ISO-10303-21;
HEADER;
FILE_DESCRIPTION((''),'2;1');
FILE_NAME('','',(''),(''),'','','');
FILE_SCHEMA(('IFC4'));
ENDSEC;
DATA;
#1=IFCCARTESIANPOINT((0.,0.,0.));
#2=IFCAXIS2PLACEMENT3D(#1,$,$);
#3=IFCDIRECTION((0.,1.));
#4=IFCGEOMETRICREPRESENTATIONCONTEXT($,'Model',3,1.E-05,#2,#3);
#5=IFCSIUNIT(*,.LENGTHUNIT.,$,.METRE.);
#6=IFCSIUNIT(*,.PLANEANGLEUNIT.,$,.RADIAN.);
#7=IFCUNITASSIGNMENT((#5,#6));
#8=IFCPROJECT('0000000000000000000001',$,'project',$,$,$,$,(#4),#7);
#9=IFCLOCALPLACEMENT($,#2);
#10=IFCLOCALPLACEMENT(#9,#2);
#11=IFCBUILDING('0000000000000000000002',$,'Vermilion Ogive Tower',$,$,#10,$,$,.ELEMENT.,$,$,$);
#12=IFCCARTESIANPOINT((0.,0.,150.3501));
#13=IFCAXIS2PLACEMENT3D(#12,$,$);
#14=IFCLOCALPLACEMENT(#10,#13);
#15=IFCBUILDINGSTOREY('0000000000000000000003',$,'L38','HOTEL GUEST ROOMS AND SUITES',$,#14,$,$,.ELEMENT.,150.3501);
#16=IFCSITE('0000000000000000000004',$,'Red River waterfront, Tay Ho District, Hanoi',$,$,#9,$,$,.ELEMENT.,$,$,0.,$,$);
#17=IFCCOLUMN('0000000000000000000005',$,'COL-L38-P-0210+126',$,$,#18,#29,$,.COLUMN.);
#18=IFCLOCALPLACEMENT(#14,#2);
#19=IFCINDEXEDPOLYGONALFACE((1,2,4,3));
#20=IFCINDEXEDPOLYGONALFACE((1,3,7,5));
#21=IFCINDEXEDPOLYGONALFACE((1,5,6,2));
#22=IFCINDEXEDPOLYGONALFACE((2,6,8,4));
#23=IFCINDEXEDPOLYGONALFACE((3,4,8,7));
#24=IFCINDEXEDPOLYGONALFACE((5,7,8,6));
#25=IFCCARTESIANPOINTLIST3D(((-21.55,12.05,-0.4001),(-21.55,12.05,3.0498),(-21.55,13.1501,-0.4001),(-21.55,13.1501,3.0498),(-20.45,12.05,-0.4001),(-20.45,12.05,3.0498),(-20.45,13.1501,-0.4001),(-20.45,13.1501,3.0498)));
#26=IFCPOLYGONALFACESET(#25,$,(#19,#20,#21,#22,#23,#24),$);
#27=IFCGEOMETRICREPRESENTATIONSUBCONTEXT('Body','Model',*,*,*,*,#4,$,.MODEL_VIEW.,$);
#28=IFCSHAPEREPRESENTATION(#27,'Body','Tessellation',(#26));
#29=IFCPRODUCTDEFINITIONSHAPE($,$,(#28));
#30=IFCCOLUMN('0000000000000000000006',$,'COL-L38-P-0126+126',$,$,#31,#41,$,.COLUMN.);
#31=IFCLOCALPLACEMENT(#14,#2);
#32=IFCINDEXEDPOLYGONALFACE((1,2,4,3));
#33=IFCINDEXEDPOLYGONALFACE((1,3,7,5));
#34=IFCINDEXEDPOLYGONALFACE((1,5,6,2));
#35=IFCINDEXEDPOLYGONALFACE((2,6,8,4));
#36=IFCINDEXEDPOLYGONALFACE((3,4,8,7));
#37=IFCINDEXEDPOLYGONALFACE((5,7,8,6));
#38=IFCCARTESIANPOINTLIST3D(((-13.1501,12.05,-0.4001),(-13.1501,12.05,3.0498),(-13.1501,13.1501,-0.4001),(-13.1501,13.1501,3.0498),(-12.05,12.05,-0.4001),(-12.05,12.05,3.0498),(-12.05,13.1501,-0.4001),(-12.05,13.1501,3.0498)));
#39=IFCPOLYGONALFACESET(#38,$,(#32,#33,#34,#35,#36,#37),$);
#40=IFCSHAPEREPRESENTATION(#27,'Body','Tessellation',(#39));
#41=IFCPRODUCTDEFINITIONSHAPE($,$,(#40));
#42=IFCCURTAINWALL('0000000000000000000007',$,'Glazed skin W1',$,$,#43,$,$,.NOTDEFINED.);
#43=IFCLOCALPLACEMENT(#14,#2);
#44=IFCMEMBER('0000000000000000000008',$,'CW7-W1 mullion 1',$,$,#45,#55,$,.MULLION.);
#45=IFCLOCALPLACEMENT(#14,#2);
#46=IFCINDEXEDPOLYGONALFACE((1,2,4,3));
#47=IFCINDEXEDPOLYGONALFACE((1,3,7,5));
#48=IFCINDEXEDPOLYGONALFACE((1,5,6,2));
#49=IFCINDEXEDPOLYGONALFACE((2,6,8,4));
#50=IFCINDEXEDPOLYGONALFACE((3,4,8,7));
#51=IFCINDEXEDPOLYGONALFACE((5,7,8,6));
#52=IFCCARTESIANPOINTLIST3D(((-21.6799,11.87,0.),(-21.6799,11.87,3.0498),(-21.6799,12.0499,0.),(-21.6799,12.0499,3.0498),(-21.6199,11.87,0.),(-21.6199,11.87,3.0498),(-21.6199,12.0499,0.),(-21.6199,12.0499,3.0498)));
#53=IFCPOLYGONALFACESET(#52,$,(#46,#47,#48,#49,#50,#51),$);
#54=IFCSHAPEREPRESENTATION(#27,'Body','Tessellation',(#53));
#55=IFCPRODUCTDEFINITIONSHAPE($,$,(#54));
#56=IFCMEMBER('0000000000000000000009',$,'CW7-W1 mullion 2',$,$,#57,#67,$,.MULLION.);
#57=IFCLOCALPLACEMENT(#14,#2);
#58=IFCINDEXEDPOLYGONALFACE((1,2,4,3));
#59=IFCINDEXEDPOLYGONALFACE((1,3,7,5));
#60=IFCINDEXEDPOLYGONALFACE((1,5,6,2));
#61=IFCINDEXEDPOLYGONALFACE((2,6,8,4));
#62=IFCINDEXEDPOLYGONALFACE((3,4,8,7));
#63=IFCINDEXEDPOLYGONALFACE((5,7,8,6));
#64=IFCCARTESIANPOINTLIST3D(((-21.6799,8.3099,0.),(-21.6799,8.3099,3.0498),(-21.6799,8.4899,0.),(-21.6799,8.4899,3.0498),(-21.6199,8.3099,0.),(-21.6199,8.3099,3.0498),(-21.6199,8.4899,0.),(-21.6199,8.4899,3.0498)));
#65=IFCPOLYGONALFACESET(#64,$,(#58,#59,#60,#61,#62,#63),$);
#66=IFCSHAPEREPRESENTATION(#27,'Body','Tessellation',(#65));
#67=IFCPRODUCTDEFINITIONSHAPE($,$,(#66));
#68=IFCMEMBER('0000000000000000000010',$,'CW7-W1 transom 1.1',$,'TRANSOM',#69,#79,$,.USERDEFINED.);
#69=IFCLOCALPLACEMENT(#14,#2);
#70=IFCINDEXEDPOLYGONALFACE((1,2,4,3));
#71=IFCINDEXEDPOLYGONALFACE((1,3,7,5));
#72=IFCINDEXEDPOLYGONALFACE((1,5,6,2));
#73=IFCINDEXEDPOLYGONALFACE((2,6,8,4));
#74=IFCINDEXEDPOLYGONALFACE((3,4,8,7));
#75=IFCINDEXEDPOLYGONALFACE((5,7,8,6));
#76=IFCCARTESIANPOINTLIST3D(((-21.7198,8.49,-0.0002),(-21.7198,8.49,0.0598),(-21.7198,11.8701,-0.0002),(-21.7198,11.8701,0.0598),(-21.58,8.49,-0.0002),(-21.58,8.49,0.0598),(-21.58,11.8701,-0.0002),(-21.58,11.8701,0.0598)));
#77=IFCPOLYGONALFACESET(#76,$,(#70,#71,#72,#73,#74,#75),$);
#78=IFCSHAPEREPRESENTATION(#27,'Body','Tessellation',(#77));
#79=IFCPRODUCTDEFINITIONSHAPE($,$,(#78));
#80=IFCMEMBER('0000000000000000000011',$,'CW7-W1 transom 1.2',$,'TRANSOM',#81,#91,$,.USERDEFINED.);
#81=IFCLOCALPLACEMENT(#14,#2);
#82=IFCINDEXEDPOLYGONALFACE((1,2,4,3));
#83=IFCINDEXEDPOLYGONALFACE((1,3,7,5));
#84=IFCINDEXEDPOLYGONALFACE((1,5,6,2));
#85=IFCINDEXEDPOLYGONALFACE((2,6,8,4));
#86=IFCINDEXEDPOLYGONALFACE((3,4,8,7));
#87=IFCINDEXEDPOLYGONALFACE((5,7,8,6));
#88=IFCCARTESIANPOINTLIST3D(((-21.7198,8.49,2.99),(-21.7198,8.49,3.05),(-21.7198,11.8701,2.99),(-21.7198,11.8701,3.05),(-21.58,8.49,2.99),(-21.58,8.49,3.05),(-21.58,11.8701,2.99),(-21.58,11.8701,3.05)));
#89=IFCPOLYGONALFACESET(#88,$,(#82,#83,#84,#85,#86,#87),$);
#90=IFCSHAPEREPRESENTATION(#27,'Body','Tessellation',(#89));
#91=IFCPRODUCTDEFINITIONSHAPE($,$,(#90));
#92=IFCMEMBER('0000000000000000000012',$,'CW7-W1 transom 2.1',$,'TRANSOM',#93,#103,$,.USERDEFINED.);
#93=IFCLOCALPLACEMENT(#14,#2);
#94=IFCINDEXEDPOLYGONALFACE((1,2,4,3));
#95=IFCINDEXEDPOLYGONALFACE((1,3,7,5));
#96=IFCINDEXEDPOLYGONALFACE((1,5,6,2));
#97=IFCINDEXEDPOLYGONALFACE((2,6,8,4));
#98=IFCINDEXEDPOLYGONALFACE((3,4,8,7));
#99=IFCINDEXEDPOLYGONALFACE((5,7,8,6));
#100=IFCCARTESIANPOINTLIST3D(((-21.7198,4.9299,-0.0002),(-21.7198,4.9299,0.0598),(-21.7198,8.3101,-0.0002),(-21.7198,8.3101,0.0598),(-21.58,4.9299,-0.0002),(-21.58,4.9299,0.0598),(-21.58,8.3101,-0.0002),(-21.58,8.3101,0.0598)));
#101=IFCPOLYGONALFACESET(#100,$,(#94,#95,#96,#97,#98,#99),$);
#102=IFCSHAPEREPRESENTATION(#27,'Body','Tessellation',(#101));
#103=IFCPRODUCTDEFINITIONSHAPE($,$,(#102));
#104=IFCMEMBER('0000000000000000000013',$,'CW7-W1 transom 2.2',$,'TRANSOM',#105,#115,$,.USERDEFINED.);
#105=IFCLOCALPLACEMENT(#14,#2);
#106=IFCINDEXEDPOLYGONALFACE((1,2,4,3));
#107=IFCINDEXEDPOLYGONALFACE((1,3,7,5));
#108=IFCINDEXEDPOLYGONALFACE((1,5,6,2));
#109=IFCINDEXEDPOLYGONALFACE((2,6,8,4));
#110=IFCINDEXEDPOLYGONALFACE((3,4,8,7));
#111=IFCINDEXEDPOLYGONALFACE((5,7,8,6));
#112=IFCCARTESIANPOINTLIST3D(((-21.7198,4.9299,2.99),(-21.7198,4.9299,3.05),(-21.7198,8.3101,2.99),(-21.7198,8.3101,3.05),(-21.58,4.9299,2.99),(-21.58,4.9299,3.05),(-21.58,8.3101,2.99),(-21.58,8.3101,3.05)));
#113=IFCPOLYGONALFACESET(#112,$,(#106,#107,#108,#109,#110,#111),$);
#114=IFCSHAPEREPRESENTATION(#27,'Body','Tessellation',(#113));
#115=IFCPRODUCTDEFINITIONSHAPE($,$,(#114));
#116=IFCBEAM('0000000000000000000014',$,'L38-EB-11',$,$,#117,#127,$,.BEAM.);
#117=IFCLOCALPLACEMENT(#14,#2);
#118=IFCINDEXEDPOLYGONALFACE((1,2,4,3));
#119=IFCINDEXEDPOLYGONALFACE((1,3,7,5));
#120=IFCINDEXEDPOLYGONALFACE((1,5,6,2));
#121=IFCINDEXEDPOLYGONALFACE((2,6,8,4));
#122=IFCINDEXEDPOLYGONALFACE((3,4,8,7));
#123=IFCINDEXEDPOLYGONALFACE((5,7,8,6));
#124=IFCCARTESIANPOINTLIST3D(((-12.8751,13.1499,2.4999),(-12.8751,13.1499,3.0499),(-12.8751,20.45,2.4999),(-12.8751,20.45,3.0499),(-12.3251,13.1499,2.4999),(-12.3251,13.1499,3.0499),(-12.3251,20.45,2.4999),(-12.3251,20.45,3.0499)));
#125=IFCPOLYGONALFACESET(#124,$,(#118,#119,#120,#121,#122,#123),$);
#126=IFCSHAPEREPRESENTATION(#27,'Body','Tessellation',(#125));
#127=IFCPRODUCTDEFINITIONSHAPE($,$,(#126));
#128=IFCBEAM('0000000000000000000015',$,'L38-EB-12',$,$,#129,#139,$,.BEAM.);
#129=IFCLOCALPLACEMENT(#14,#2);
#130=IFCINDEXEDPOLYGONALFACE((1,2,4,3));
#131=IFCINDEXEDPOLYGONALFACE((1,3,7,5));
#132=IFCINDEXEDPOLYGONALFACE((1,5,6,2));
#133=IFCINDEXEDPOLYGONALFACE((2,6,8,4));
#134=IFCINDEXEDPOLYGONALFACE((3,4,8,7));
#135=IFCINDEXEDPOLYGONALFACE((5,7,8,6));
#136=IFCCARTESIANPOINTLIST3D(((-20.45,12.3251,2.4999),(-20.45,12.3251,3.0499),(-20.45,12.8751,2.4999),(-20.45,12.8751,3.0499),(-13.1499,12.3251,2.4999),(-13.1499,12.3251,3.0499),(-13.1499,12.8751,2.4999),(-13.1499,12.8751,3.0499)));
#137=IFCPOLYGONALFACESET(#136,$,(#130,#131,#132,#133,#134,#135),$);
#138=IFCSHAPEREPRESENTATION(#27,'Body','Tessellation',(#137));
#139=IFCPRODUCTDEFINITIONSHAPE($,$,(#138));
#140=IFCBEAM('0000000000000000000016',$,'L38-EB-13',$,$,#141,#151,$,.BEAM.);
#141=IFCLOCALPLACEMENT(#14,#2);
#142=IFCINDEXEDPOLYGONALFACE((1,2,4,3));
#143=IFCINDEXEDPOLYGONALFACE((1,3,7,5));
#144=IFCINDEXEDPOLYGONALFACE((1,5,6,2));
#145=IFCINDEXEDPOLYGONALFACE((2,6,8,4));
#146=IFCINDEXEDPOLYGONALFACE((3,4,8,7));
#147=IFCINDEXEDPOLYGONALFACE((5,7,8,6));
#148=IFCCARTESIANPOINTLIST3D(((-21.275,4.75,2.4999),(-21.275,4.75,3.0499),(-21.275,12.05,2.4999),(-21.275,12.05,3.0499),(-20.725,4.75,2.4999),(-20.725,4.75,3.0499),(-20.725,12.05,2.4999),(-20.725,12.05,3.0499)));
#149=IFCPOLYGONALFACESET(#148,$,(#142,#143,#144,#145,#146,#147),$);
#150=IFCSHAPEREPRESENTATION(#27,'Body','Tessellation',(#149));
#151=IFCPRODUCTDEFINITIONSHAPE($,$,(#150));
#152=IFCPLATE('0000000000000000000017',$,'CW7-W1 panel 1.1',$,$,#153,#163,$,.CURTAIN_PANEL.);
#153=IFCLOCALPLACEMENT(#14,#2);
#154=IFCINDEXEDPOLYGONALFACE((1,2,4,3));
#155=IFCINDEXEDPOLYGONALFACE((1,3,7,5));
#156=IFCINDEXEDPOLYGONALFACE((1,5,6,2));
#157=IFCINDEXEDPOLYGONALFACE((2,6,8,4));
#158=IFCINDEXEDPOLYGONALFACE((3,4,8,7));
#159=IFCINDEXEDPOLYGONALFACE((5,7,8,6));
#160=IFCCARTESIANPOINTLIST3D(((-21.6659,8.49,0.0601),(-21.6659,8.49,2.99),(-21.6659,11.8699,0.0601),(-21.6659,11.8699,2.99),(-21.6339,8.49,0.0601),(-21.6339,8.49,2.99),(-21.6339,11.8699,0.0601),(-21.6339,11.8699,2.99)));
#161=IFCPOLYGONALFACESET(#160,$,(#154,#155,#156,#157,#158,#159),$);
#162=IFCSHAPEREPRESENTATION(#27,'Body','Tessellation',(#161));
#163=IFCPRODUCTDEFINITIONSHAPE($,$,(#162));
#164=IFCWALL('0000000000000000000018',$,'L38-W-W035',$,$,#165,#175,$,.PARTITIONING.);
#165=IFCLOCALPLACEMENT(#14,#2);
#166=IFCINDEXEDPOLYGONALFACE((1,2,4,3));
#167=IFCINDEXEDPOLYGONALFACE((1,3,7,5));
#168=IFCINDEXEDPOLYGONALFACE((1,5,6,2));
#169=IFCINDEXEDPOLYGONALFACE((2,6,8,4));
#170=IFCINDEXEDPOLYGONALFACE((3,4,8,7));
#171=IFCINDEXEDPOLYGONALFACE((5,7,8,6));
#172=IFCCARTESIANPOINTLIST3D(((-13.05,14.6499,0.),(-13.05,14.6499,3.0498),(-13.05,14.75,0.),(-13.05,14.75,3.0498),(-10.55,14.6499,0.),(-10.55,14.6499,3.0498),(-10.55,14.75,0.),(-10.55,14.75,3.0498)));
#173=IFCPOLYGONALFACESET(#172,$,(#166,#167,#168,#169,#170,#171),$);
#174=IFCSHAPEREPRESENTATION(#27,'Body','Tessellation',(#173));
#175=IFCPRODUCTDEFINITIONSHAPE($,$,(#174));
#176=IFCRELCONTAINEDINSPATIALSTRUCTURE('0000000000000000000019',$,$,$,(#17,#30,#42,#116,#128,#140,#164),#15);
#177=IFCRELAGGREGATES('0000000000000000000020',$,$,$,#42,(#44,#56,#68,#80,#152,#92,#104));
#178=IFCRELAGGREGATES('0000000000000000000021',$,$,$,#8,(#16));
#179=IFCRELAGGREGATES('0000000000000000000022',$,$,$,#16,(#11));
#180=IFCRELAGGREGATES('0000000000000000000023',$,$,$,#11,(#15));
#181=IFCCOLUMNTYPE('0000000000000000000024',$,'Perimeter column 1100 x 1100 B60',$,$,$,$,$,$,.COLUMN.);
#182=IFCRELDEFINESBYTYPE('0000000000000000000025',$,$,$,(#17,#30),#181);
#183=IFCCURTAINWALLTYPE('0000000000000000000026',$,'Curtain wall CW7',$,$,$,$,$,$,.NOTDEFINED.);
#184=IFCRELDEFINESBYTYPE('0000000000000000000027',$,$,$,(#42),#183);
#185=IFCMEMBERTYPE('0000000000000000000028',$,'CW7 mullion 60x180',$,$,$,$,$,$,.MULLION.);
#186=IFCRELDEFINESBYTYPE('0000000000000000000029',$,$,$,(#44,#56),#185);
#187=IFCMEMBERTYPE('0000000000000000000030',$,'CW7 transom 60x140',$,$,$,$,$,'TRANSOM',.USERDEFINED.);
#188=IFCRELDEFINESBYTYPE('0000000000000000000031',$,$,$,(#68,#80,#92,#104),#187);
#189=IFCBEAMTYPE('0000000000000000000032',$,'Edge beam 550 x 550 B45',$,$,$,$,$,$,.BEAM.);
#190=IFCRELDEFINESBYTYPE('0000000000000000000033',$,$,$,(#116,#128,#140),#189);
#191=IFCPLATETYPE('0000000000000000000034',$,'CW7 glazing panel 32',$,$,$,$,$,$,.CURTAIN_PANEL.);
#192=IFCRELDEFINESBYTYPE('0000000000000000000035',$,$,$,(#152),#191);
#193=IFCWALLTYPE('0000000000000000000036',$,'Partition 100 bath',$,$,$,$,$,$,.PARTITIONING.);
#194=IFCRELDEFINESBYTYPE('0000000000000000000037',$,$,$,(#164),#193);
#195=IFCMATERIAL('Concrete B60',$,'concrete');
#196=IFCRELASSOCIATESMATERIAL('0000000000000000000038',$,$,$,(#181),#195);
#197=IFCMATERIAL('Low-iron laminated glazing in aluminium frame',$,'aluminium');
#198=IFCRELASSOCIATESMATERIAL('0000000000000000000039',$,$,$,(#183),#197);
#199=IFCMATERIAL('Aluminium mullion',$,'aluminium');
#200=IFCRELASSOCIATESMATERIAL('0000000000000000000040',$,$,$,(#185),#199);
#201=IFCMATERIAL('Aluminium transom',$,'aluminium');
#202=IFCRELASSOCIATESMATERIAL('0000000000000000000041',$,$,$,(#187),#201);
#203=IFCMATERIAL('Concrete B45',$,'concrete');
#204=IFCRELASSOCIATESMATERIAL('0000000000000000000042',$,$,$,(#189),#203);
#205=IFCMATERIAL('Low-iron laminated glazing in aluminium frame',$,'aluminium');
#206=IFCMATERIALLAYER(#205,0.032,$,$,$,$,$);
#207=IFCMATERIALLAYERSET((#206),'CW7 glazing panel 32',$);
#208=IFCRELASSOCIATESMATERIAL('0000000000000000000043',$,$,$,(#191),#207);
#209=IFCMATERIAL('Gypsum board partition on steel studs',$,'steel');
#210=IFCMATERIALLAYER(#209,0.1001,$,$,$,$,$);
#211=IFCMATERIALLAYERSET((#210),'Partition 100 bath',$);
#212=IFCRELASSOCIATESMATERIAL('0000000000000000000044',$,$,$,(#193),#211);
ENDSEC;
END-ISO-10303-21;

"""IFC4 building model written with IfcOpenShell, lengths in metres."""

from ifc_helpers import new_model, si_unit, direction, frame, frame_2d, origin, origin_2d, place, context, subcontext, project, spatial, rectangle, extrude, material, layer, layer_set, material_profile, profile_set, type_object, element, aggregate, save


model = new_model("IFC4")

# Units and contexts
model_context = context("Model", 3, precision=1e-05, world=origin(), true_north=direction((0.0, 1.0)))
body_context = subcontext(model_context, "Body", "Model", "MODEL_VIEW")
ifc_project = project(units=[si_unit("LENGTHUNIT", "METRE"), si_unit("PLANEANGLEUNIT", "RADIAN")], contexts=[model_context])

# Site, building, storey
site_placement = place(None, origin())
site = spatial("IfcSite", under=ifc_project, at=site_placement, Name="Red River waterfront, Tay Ho District, Hanoi", CompositionType="ELEMENT", RefElevation=0.0)
building_placement = place(site_placement, origin())
building = spatial("IfcBuilding", under=site, at=building_placement, Name="Vermilion Ogive Tower", CompositionType="ELEMENT")
storey_placement = place(building_placement, frame((0.0, 0.0, 150.3501)))
storey = spatial("IfcBuildingStorey", under=building, at=storey_placement, Name="L38", Description="HOTEL GUEST ROOMS AND SUITES", CompositionType="ELEMENT", Elevation=150.3501)

# Columns
ifc_material_1 = material(Name="Concrete B60", Category="concrete")
ifc_material_profile_1 = material_profile(ifc_material_1, rectangle(XDim=1.1001, YDim=1.1001, at=origin_2d()), Name="1100 x 1100")
ifc_profile_set_1 = profile_set([ifc_material_profile_1], Name="Concrete B60")
column_type = type_object("IfcColumnType", Name="Perimeter column 1100 x 1100 B60", PredefinedType="COLUMN", material=ifc_profile_set_1)
for number, where, z_axis, x_axis, name in (
    (1, (-21.0, 12.6001, -0.4001), (0.0, 0.0, 1.0), (1.0, 0.0, 0.0), "COL-L38-P-0210+126"),
    (2, (-12.6001, 12.6001, -0.4001), (0.0, 0.0, 1.0), (1.0, 0.0, 0.0), "COL-L38-P-0126+126"),
):
    element("IfcColumn", number, at=place(storey_placement, frame(where, z_axis=z_axis, x_axis=x_axis)), inside=storey, type_object=column_type, Name=name, PredefinedType="COLUMN", context=body_context, shape_type="SweptSolid", body=[
        extrude(rectangle(XDim=1.1001, YDim=1.1001, at=origin_2d()), origin(), (0.0, 0.0, 1.0), 3.45),
    ])

# Curtain wall, members
ifc_material_2 = material(Name="Low-iron laminated glazing in aluminium frame", Category="aluminium")
curtain_wall_type = type_object("IfcCurtainWallType", Name="Curtain wall CW7", PredefinedType="NOTDEFINED", material=ifc_material_2)
curtain_wall_placement = place(storey_placement, origin())
curtain_wall = element("IfcCurtainWall", 3, at=curtain_wall_placement, inside=storey, type_object=curtain_wall_type, Name="Glazed skin W1", PredefinedType="NOTDEFINED")
ifc_material_3 = material(Name="Aluminium mullion", Category="aluminium")
ifc_material_profile_2 = material_profile(ifc_material_3, rectangle(XDim=0.0601, YDim=0.1799, at=origin_2d()), Name="AL 60x180")
ifc_profile_set_2 = profile_set([ifc_material_profile_2], Name="Aluminium mullion")
member_type_1 = type_object("IfcMemberType", Name="CW7 mullion 60x180", PredefinedType="MULLION", material=ifc_profile_set_2)
member_1_placement = place(storey_placement, frame((-21.6499, 11.96, 0.0), z_axis=(0.0, 0.0, 1.0), x_axis=(1.0, 0.0, 0.0)))
member_1 = element("IfcMember", 4, at=member_1_placement, type_object=member_type_1, Name="CW7-W1 mullion 1", PredefinedType="MULLION", context=body_context, shape_type="SweptSolid", body=[
    extrude(rectangle(XDim=0.0601, YDim=0.1799, at=origin_2d()), origin(), (0.0, 0.0, 1.0), 3.0498),
])
member_2_placement = place(storey_placement, frame((-21.6499, 8.3999, 0.0), z_axis=(0.0, 0.0, 1.0), x_axis=(1.0, 0.0, 0.0)))
member_2 = element("IfcMember", 5, at=member_2_placement, type_object=member_type_1, Name="CW7-W1 mullion 2", PredefinedType="MULLION", context=body_context, shape_type="SweptSolid", body=[
    extrude(rectangle(XDim=0.0601, YDim=0.1799, at=origin_2d()), origin(), (0.0, 0.0, 1.0), 3.0498),
])
ifc_material_4 = material(Name="Aluminium transom", Category="aluminium")
ifc_material_profile_3 = material_profile(ifc_material_4, rectangle(XDim=0.1399, YDim=0.0601, at=origin_2d()), Name="AL 60x140")
ifc_profile_set_3 = profile_set([ifc_material_profile_3], Name="Aluminium transom")
member_type_2 = type_object("IfcMemberType", Name="CW7 transom 60x140", ElementType="TRANSOM", PredefinedType="USERDEFINED", material=ifc_profile_set_3)
member_3_placement = place(storey_placement, frame((-21.6499, 11.8701, 0.0298), z_axis=(0.0, -1.0, 0.0), x_axis=(1.0, 0.0, 0.0)))
member_3 = element("IfcMember", 6, at=member_3_placement, type_object=member_type_2, Name="CW7-W1 transom 1.1", ObjectType="TRANSOM", PredefinedType="USERDEFINED", context=body_context, shape_type="SweptSolid", body=[
    extrude(rectangle(XDim=0.1399, YDim=0.0601, at=origin_2d()), origin(), (0.0, 0.0, 1.0), 3.3801),
])
member_4_placement = place(storey_placement, frame((-21.6499, 11.8701, 3.02), z_axis=(0.0, -1.0, 0.0), x_axis=(1.0, 0.0, 0.0)))
member_4 = element("IfcMember", 7, at=member_4_placement, type_object=member_type_2, Name="CW7-W1 transom 1.2", ObjectType="TRANSOM", PredefinedType="USERDEFINED", context=body_context, shape_type="SweptSolid", body=[
    extrude(rectangle(XDim=0.1399, YDim=0.0601, at=origin_2d()), origin(), (0.0, 0.0, 1.0), 3.3801),
])
member_5_placement = place(storey_placement, frame((-21.6499, 8.3101, 0.0298), z_axis=(0.0, -1.0, 0.0), x_axis=(1.0, 0.0, 0.0)))
member_5 = element("IfcMember", 8, at=member_5_placement, type_object=member_type_2, Name="CW7-W1 transom 2.1", ObjectType="TRANSOM", PredefinedType="USERDEFINED", context=body_context, shape_type="SweptSolid", body=[
    extrude(rectangle(XDim=0.1399, YDim=0.0601, at=origin_2d()), origin(), (0.0, 0.0, 1.0), 3.3801),
])
member_6_placement = place(storey_placement, frame((-21.6499, 8.3101, 3.02), z_axis=(0.0, -1.0, 0.0), x_axis=(1.0, 0.0, 0.0)))
member_6 = element("IfcMember", 9, at=member_6_placement, type_object=member_type_2, Name="CW7-W1 transom 2.2", ObjectType="TRANSOM", PredefinedType="USERDEFINED", context=body_context, shape_type="SweptSolid", body=[
    extrude(rectangle(XDim=0.1399, YDim=0.0601, at=origin_2d()), origin(), (0.0, 0.0, 1.0), 3.3801),
])

# Beams
ifc_material_5 = material(Name="Concrete B45", Category="concrete")
ifc_material_profile_4 = material_profile(ifc_material_5, rectangle(XDim=0.55, YDim=0.55, at=origin_2d()), Name="550 x 550")
ifc_profile_set_4 = profile_set([ifc_material_profile_4], Name="Concrete B45")
beam_type = type_object("IfcBeamType", Name="Edge beam 550 x 550 B45", PredefinedType="BEAM", material=ifc_profile_set_4)
for number, where, z_axis, x_axis, name in (
    (10, (-12.6001, 20.45, 2.7749), (0.0, -1.0, 0.0), (1.0, 0.0, 0.0), "L38-EB-11"),
    (11, (-13.1499, 12.6001, 2.7749), (-1.0, 0.0, 0.0), (0.0, -1.0, 0.0), "L38-EB-12"),
    (12, (-21.0, 12.05, 2.7749), (0.0, -1.0, 0.0), (1.0, 0.0, 0.0), "L38-EB-13"),
):
    element("IfcBeam", number, at=place(storey_placement, frame(where, z_axis=z_axis, x_axis=x_axis)), inside=storey, type_object=beam_type, Name=name, PredefinedType="BEAM", context=body_context, shape_type="SweptSolid", body=[
        extrude(rectangle(XDim=0.55, YDim=0.55, at=origin_2d()), origin(), (0.0, 0.0, 1.0), 7.3),
    ])

# Plate
ifc_material_6 = material(Name="Low-iron laminated glazing in aluminium frame", Category="aluminium")
ifc_layer_1 = layer(ifc_material_6, 0.032)
ifc_layer_set_1 = layer_set([ifc_layer_1], Name="CW7 glazing panel 32")
plate_type = type_object("IfcPlateType", Name="CW7 glazing panel 32", PredefinedType="CURTAIN_PANEL", material=ifc_layer_set_1)
plate_placement = place(storey_placement, frame((-21.6499, 10.1799, 0.0601), z_axis=(0.0, 0.0, 1.0), x_axis=(0.0, -1.0, 0.0)))
plate = element("IfcPlate", 13, at=plate_placement, type_object=plate_type, Name="CW7-W1 panel 1.1", PredefinedType="CURTAIN_PANEL", context=body_context, shape_type="SweptSolid", body=[
    extrude(rectangle(XDim=3.3799, YDim=0.032, at=origin_2d()), origin(), (0.0, 0.0, 1.0), 2.9299),
])
aggregate(curtain_wall, [member_1, member_2, member_3, member_4, plate, member_5, member_6])

# Wall
ifc_material_7 = material(Name="Gypsum board partition on steel studs", Category="steel")
ifc_layer_2 = layer(ifc_material_7, 0.1001)
ifc_layer_set_2 = layer_set([ifc_layer_2], Name="Partition 100 bath")
wall_type_1 = type_object("IfcWallType", Name="Partition 100 bath", PredefinedType="PARTITIONING", material=ifc_layer_set_2)
wall_1_placement = place(storey_placement, frame((-13.05, 14.7, 0.0), z_axis=(0.0, 0.0, 1.0), x_axis=(1.0, 0.0, 0.0)))
element("IfcWall", 14, at=wall_1_placement, inside=storey, type_object=wall_type_1, Name="L38-W-W035", PredefinedType="PARTITIONING", context=body_context, shape_type="SweptSolid", body=[
    extrude(rectangle(XDim=2.5, YDim=0.1001, at=frame_2d((1.25, 0.0))), origin(), (0.0, 0.0, 1.0), 3.0498),
])

save(model, "model.ifc")
